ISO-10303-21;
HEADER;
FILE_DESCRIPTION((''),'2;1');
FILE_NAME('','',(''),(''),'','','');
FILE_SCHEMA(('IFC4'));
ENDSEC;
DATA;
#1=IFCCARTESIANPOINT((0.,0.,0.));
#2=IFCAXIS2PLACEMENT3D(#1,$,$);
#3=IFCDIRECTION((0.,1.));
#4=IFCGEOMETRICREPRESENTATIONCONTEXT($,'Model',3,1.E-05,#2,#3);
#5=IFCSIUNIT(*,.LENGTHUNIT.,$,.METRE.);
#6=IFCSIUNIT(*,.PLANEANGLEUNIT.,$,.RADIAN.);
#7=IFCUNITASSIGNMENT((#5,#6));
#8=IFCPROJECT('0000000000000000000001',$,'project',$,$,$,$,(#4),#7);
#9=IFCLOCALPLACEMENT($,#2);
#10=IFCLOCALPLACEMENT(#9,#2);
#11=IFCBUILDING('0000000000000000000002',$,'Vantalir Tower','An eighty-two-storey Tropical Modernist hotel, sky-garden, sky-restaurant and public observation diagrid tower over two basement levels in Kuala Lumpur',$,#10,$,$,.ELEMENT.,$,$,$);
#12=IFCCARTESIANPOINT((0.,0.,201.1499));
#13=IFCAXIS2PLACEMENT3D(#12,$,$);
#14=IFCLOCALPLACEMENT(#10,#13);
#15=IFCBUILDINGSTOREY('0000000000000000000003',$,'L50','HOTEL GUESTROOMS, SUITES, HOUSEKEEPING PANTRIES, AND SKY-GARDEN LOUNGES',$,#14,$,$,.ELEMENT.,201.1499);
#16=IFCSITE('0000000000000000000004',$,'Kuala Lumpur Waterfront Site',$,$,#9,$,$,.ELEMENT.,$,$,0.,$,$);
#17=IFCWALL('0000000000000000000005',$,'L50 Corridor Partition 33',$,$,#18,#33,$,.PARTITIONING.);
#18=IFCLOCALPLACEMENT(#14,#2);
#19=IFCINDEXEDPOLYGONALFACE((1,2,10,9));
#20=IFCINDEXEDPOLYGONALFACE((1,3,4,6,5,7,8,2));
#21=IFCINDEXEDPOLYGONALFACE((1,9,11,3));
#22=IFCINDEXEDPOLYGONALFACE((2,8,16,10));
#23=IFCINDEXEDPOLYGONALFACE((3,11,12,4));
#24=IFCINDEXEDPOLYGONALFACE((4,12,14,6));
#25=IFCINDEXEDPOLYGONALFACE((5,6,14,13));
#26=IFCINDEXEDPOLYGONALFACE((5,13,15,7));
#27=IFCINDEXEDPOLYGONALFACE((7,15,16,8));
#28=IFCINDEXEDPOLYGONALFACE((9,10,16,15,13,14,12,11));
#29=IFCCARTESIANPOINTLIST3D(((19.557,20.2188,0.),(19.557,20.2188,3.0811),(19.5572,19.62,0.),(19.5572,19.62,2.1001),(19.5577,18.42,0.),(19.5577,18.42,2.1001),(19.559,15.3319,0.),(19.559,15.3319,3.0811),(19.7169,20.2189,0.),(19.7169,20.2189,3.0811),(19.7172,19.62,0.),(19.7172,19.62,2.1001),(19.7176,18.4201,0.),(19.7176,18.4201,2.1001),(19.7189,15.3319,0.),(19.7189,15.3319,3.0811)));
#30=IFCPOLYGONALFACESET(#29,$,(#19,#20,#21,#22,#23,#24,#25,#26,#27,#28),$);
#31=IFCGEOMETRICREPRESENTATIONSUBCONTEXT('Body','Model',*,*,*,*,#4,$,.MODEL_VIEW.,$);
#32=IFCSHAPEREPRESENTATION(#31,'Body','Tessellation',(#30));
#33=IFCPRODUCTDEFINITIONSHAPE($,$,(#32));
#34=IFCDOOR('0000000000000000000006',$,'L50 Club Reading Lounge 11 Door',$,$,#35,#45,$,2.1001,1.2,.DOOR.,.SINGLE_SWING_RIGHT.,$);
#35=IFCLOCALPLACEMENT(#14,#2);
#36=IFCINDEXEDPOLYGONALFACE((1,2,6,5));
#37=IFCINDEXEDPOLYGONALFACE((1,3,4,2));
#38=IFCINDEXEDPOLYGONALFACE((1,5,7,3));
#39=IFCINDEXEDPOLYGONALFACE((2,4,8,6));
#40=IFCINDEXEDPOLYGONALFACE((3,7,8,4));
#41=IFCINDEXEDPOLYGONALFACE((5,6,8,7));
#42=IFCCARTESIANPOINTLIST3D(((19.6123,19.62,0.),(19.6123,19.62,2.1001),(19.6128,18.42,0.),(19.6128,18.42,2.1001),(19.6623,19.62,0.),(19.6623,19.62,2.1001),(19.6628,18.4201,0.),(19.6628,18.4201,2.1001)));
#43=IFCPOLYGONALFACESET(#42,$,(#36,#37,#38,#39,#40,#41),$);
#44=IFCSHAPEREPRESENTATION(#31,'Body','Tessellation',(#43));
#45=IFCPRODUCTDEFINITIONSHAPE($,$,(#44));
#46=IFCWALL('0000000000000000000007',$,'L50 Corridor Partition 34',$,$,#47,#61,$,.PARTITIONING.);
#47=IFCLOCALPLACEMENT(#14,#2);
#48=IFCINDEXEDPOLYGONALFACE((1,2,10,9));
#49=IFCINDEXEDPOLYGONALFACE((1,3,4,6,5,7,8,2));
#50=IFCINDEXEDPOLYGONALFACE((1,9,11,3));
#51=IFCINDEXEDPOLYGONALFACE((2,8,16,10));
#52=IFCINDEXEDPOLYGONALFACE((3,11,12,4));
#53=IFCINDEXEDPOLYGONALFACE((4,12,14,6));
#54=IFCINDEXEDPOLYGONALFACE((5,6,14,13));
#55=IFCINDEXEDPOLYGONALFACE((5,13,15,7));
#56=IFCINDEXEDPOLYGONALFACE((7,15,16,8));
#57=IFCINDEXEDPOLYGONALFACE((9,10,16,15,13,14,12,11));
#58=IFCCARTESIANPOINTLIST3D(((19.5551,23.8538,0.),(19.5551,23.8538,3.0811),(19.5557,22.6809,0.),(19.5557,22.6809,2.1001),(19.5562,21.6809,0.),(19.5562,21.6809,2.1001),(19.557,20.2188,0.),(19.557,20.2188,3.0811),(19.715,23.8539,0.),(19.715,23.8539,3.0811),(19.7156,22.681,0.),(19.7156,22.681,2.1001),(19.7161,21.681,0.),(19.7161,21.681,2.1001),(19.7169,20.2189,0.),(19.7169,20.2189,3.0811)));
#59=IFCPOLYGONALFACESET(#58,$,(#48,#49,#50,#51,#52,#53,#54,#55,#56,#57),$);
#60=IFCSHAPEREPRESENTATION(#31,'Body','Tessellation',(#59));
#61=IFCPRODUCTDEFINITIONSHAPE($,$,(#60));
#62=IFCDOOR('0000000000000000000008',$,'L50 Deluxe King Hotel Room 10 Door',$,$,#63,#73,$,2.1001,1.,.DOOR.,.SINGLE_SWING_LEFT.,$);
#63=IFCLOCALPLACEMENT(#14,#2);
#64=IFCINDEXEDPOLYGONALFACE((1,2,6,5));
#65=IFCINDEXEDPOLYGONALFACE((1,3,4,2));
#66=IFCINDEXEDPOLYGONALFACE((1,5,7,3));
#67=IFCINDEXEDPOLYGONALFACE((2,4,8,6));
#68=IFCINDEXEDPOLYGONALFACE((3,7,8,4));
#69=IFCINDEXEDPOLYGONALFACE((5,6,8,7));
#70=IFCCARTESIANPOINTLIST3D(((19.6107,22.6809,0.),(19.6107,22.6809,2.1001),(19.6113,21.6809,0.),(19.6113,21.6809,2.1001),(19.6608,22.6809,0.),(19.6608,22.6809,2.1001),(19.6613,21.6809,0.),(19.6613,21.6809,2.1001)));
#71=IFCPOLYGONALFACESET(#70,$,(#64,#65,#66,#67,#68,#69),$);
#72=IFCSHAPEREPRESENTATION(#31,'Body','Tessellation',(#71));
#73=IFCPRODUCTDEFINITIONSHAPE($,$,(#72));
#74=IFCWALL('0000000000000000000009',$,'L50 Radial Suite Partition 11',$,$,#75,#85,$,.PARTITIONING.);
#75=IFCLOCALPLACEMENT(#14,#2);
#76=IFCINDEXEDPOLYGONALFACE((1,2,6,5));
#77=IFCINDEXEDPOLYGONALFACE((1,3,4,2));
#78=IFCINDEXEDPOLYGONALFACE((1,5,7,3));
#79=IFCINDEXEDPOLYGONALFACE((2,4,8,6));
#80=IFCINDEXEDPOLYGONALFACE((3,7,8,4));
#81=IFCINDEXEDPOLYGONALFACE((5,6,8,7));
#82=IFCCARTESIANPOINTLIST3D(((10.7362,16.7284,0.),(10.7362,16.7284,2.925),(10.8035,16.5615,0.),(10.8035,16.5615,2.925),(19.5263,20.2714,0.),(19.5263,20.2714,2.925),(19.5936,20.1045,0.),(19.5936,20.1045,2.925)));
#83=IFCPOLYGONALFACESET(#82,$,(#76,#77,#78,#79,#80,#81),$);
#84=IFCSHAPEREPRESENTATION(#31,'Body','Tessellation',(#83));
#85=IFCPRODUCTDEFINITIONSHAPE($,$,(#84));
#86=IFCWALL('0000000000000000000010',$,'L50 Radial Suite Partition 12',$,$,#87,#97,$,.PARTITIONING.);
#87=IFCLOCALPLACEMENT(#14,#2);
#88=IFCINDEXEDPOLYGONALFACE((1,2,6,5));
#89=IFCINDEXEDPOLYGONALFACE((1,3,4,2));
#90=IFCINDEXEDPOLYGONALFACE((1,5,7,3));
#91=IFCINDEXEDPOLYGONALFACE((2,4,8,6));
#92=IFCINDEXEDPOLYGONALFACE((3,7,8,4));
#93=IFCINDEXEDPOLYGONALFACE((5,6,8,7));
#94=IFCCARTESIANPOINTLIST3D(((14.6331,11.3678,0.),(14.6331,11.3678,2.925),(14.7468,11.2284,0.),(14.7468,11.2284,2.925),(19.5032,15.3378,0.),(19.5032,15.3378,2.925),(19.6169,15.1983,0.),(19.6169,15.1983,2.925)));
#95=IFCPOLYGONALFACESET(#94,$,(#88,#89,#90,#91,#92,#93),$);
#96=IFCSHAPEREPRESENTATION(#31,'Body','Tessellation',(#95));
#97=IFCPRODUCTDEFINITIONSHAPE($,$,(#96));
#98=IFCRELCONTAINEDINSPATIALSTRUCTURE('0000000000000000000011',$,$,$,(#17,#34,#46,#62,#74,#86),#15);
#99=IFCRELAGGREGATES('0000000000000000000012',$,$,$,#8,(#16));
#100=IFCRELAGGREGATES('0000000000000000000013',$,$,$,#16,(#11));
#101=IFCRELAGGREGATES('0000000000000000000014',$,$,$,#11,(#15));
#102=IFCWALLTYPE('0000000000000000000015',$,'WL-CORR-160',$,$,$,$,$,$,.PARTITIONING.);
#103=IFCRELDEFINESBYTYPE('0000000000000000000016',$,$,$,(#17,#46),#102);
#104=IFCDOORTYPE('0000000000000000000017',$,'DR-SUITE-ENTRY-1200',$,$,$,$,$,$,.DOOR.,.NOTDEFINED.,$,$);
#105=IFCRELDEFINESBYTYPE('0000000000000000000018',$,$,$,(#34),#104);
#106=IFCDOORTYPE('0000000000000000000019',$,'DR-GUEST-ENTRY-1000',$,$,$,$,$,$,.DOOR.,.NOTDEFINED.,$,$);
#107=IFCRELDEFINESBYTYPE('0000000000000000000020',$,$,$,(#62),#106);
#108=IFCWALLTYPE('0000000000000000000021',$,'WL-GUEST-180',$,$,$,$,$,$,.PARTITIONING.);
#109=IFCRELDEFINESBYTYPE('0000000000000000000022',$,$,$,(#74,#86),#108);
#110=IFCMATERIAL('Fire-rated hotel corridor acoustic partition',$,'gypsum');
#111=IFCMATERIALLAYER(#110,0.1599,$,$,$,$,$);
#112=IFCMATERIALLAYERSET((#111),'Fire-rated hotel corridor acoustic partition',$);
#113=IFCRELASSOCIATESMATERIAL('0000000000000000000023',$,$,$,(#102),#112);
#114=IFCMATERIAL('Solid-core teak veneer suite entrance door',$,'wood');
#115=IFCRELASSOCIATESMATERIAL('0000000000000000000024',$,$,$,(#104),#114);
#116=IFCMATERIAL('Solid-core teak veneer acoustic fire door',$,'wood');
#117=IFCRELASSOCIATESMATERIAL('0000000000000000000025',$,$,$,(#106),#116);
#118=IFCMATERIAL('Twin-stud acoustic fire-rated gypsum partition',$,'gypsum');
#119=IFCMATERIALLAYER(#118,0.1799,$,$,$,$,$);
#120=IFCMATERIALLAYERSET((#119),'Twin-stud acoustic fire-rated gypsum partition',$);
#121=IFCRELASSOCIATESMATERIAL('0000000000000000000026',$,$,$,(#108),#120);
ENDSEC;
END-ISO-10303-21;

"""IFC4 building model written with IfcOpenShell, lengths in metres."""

from ifc_helpers import new_model, si_unit, direction, frame, frame_2d, origin, place, context, subcontext, project, spatial, rectangle, extrude, material, layer, layer_set, type_object, element, fill, save


model = new_model("IFC4")

# Units and contexts
model_context = context("Model", 3, precision=1e-05, world=origin(), true_north=direction((0.0, 1.0)))
body_context = subcontext(model_context, "Body", "Model", "MODEL_VIEW")
ifc_project = project(units=[si_unit("LENGTHUNIT", "METRE"), si_unit("PLANEANGLEUNIT", "RADIAN")], contexts=[model_context])

# Site, building, storey
site_placement = place(None, origin())
site = spatial("IfcSite", under=ifc_project, at=site_placement, Name="Kuala Lumpur Waterfront Site", CompositionType="ELEMENT", RefElevation=0.0)
building_placement = place(site_placement, origin())
building = spatial("IfcBuilding", under=site, at=building_placement, Name="Vantalir Tower", Description="An eighty-two-storey Tropical Modernist hotel, sky-garden, sky-restaurant and public observation diagrid tower over two basement levels in Kuala Lumpur", CompositionType="ELEMENT")
storey_placement = place(building_placement, frame((0.0, 0.0, 201.1499)))
storey = spatial("IfcBuildingStorey", under=building, at=storey_placement, Name="L50", Description="HOTEL GUESTROOMS, SUITES, HOUSEKEEPING PANTRIES, AND SKY-GARDEN LOUNGES", CompositionType="ELEMENT", Elevation=201.1499)

# Shared definitions
ifc_material_1 = material(Name="Fire-rated hotel corridor acoustic partition", Category="gypsum")
ifc_layer_1 = layer(ifc_material_1, 0.1599)
ifc_layer_set_1 = layer_set([ifc_layer_1], Name="Fire-rated hotel corridor acoustic partition")
wall_type_1 = type_object("IfcWallType", Name="WL-CORR-160", PredefinedType="PARTITIONING", material=ifc_layer_set_1)

# Walls, openings, doors
wall_1_placement = place(storey_placement, frame((19.6389, 15.332, 0.0), z_axis=(0.0, 0.0, 1.0), x_axis=(-0.0004, 1.0, 0.0)))
wall_1 = element("IfcWall", 1, at=wall_1_placement, inside=storey, type_object=wall_type_1, Name="L50 Corridor Partition 33", PredefinedType="PARTITIONING", context=body_context, shape_type="SweptSolid", body=[
    extrude(rectangle(XDim=4.887, YDim=0.1599, at=frame_2d((2.4434, 0.0))), origin(), (0.0, 0.0, 1.0), 3.0811),
])
opening_1_placement = place(wall_1_placement, frame((3.0879, 0.0, 0.0)))
opening_1 = element("IfcOpeningElement", 2, at=opening_1_placement, cuts=wall_1, PredefinedType="OPENING", context=body_context, shape_type="SweptSolid", body=[
    extrude(rectangle(XDim=1.2, YDim=2.1001, at=frame_2d((0.6001, 1.05))), frame((0.0, 0.0898, 0.0), z_axis=(0.0, -1.0, 0.0), x_axis=(1.0, 0.0, 0.0)), (0.0, 0.0, 1.0), 0.1799),
])
ifc_material_2 = material(Name="Solid-core teak veneer suite entrance door", Category="wood")
door_type_1 = type_object("IfcDoorType", Name="DR-SUITE-ENTRY-1200", OperationType="NOTDEFINED", PredefinedType="DOOR", material=ifc_material_2)
door_1_placement = place(opening_1_placement, origin())
door_1 = element("IfcDoor", 3, at=door_1_placement, inside=storey, type_object=door_type_1, Name="L50 Club Reading Lounge 11 Door", OperationType="SINGLE_SWING_RIGHT", OverallHeight=2.1001, OverallWidth=1.2, PredefinedType="DOOR", context=body_context, shape_type="SweptSolid", body=[
    extrude(rectangle(XDim=1.2, YDim=2.1001, at=frame_2d((0.6001, 1.05))), frame((0.0, 0.0249, 0.0), z_axis=(0.0, -1.0, 0.0), x_axis=(1.0, 0.0, 0.0)), (0.0, 0.0, 1.0), 0.05),
])
fill(opening_1, door_1)
wall_2_placement = place(storey_placement, frame((19.637, 20.219, 0.0), z_axis=(0.0, 0.0, 1.0), x_axis=(-0.000537, 1.0, 0.0)))
wall_2 = element("IfcWall", 4, at=wall_2_placement, inside=storey, type_object=wall_type_1, Name="L50 Corridor Partition 34", PredefinedType="PARTITIONING", context=body_context, shape_type="SweptSolid", body=[
    extrude(rectangle(XDim=3.635, YDim=0.1599, at=frame_2d((1.8174, 0.0))), origin(), (0.0, 0.0, 1.0), 3.0811),
])
opening_2_placement = place(wall_2_placement, frame((1.4619, 0.0, 0.0)))
opening_2 = element("IfcOpeningElement", 5, at=opening_2_placement, cuts=wall_2, PredefinedType="OPENING", context=body_context, shape_type="SweptSolid", body=[
    extrude(rectangle(XDim=1.0, YDim=2.1001, at=frame_2d((0.5, 1.05))), frame((0.0, 0.0898, 0.0), z_axis=(0.0, -1.0, 0.0), x_axis=(1.0, 0.0, 0.0)), (0.0, 0.0, 1.0), 0.1799),
])
ifc_material_3 = material(Name="Solid-core teak veneer acoustic fire door", Category="wood")
door_type_2 = type_object("IfcDoorType", Name="DR-GUEST-ENTRY-1000", OperationType="NOTDEFINED", PredefinedType="DOOR", material=ifc_material_3)
door_2_placement = place(opening_2_placement, origin())
door_2 = element("IfcDoor", 6, at=door_2_placement, inside=storey, type_object=door_type_2, Name="L50 Deluxe King Hotel Room 10 Door", OperationType="SINGLE_SWING_LEFT", OverallHeight=2.1001, OverallWidth=1.0, PredefinedType="DOOR", context=body_context, shape_type="SweptSolid", body=[
    extrude(rectangle(XDim=1.0, YDim=2.1001, at=frame_2d((0.5, 1.05))), frame((0.0, 0.0249, 0.0), z_axis=(0.0, -1.0, 0.0), x_axis=(1.0, 0.0, 0.0)), (0.0, 0.0, 1.0), 0.05),
])
fill(opening_2, door_2)

# Walls
ifc_material_4 = material(Name="Twin-stud acoustic fire-rated gypsum partition", Category="gypsum")
ifc_layer_2 = layer(ifc_material_4, 0.1799)
ifc_layer_set_2 = layer_set([ifc_layer_2], Name="Twin-stud acoustic fire-rated gypsum partition")
wall_type_2 = type_object("IfcWallType", Name="WL-GUEST-180", PredefinedType="PARTITIONING", material=ifc_layer_set_2)
wall_3_placement = place(storey_placement, frame((19.5601, 20.188, 0.0), z_axis=(0.0, 0.0, 1.0), x_axis=(-0.927493, -0.373841, 0.0)))
element("IfcWall", 7, at=wall_3_placement, inside=storey, type_object=wall_type_2, Name="L50 Radial Suite Partition 11", PredefinedType="PARTITIONING", context=body_context, shape_type="SweptSolid", body=[
    extrude(rectangle(XDim=9.4773, YDim=0.1799, at=frame_2d((4.7388, 0.0))), origin(), (0.0, 0.0, 1.0), 2.925),
])
wall_4_placement = place(storey_placement, frame((19.5601, 15.2681, 0.0), z_axis=(0.0, 0.0, 1.0), x_axis=(-0.7751, -0.631838, 0.0)))
element("IfcWall", 8, at=wall_4_placement, inside=storey, type_object=wall_type_2, Name="L50 Radial Suite Partition 12", PredefinedType="PARTITIONING", context=body_context, shape_type="SweptSolid", body=[
    extrude(rectangle(XDim=6.2832, YDim=0.1799, at=frame_2d((3.1416, 0.0))), origin(), (0.0, 0.0, 1.0), 2.925),
])

save(model, "model.ifc")
